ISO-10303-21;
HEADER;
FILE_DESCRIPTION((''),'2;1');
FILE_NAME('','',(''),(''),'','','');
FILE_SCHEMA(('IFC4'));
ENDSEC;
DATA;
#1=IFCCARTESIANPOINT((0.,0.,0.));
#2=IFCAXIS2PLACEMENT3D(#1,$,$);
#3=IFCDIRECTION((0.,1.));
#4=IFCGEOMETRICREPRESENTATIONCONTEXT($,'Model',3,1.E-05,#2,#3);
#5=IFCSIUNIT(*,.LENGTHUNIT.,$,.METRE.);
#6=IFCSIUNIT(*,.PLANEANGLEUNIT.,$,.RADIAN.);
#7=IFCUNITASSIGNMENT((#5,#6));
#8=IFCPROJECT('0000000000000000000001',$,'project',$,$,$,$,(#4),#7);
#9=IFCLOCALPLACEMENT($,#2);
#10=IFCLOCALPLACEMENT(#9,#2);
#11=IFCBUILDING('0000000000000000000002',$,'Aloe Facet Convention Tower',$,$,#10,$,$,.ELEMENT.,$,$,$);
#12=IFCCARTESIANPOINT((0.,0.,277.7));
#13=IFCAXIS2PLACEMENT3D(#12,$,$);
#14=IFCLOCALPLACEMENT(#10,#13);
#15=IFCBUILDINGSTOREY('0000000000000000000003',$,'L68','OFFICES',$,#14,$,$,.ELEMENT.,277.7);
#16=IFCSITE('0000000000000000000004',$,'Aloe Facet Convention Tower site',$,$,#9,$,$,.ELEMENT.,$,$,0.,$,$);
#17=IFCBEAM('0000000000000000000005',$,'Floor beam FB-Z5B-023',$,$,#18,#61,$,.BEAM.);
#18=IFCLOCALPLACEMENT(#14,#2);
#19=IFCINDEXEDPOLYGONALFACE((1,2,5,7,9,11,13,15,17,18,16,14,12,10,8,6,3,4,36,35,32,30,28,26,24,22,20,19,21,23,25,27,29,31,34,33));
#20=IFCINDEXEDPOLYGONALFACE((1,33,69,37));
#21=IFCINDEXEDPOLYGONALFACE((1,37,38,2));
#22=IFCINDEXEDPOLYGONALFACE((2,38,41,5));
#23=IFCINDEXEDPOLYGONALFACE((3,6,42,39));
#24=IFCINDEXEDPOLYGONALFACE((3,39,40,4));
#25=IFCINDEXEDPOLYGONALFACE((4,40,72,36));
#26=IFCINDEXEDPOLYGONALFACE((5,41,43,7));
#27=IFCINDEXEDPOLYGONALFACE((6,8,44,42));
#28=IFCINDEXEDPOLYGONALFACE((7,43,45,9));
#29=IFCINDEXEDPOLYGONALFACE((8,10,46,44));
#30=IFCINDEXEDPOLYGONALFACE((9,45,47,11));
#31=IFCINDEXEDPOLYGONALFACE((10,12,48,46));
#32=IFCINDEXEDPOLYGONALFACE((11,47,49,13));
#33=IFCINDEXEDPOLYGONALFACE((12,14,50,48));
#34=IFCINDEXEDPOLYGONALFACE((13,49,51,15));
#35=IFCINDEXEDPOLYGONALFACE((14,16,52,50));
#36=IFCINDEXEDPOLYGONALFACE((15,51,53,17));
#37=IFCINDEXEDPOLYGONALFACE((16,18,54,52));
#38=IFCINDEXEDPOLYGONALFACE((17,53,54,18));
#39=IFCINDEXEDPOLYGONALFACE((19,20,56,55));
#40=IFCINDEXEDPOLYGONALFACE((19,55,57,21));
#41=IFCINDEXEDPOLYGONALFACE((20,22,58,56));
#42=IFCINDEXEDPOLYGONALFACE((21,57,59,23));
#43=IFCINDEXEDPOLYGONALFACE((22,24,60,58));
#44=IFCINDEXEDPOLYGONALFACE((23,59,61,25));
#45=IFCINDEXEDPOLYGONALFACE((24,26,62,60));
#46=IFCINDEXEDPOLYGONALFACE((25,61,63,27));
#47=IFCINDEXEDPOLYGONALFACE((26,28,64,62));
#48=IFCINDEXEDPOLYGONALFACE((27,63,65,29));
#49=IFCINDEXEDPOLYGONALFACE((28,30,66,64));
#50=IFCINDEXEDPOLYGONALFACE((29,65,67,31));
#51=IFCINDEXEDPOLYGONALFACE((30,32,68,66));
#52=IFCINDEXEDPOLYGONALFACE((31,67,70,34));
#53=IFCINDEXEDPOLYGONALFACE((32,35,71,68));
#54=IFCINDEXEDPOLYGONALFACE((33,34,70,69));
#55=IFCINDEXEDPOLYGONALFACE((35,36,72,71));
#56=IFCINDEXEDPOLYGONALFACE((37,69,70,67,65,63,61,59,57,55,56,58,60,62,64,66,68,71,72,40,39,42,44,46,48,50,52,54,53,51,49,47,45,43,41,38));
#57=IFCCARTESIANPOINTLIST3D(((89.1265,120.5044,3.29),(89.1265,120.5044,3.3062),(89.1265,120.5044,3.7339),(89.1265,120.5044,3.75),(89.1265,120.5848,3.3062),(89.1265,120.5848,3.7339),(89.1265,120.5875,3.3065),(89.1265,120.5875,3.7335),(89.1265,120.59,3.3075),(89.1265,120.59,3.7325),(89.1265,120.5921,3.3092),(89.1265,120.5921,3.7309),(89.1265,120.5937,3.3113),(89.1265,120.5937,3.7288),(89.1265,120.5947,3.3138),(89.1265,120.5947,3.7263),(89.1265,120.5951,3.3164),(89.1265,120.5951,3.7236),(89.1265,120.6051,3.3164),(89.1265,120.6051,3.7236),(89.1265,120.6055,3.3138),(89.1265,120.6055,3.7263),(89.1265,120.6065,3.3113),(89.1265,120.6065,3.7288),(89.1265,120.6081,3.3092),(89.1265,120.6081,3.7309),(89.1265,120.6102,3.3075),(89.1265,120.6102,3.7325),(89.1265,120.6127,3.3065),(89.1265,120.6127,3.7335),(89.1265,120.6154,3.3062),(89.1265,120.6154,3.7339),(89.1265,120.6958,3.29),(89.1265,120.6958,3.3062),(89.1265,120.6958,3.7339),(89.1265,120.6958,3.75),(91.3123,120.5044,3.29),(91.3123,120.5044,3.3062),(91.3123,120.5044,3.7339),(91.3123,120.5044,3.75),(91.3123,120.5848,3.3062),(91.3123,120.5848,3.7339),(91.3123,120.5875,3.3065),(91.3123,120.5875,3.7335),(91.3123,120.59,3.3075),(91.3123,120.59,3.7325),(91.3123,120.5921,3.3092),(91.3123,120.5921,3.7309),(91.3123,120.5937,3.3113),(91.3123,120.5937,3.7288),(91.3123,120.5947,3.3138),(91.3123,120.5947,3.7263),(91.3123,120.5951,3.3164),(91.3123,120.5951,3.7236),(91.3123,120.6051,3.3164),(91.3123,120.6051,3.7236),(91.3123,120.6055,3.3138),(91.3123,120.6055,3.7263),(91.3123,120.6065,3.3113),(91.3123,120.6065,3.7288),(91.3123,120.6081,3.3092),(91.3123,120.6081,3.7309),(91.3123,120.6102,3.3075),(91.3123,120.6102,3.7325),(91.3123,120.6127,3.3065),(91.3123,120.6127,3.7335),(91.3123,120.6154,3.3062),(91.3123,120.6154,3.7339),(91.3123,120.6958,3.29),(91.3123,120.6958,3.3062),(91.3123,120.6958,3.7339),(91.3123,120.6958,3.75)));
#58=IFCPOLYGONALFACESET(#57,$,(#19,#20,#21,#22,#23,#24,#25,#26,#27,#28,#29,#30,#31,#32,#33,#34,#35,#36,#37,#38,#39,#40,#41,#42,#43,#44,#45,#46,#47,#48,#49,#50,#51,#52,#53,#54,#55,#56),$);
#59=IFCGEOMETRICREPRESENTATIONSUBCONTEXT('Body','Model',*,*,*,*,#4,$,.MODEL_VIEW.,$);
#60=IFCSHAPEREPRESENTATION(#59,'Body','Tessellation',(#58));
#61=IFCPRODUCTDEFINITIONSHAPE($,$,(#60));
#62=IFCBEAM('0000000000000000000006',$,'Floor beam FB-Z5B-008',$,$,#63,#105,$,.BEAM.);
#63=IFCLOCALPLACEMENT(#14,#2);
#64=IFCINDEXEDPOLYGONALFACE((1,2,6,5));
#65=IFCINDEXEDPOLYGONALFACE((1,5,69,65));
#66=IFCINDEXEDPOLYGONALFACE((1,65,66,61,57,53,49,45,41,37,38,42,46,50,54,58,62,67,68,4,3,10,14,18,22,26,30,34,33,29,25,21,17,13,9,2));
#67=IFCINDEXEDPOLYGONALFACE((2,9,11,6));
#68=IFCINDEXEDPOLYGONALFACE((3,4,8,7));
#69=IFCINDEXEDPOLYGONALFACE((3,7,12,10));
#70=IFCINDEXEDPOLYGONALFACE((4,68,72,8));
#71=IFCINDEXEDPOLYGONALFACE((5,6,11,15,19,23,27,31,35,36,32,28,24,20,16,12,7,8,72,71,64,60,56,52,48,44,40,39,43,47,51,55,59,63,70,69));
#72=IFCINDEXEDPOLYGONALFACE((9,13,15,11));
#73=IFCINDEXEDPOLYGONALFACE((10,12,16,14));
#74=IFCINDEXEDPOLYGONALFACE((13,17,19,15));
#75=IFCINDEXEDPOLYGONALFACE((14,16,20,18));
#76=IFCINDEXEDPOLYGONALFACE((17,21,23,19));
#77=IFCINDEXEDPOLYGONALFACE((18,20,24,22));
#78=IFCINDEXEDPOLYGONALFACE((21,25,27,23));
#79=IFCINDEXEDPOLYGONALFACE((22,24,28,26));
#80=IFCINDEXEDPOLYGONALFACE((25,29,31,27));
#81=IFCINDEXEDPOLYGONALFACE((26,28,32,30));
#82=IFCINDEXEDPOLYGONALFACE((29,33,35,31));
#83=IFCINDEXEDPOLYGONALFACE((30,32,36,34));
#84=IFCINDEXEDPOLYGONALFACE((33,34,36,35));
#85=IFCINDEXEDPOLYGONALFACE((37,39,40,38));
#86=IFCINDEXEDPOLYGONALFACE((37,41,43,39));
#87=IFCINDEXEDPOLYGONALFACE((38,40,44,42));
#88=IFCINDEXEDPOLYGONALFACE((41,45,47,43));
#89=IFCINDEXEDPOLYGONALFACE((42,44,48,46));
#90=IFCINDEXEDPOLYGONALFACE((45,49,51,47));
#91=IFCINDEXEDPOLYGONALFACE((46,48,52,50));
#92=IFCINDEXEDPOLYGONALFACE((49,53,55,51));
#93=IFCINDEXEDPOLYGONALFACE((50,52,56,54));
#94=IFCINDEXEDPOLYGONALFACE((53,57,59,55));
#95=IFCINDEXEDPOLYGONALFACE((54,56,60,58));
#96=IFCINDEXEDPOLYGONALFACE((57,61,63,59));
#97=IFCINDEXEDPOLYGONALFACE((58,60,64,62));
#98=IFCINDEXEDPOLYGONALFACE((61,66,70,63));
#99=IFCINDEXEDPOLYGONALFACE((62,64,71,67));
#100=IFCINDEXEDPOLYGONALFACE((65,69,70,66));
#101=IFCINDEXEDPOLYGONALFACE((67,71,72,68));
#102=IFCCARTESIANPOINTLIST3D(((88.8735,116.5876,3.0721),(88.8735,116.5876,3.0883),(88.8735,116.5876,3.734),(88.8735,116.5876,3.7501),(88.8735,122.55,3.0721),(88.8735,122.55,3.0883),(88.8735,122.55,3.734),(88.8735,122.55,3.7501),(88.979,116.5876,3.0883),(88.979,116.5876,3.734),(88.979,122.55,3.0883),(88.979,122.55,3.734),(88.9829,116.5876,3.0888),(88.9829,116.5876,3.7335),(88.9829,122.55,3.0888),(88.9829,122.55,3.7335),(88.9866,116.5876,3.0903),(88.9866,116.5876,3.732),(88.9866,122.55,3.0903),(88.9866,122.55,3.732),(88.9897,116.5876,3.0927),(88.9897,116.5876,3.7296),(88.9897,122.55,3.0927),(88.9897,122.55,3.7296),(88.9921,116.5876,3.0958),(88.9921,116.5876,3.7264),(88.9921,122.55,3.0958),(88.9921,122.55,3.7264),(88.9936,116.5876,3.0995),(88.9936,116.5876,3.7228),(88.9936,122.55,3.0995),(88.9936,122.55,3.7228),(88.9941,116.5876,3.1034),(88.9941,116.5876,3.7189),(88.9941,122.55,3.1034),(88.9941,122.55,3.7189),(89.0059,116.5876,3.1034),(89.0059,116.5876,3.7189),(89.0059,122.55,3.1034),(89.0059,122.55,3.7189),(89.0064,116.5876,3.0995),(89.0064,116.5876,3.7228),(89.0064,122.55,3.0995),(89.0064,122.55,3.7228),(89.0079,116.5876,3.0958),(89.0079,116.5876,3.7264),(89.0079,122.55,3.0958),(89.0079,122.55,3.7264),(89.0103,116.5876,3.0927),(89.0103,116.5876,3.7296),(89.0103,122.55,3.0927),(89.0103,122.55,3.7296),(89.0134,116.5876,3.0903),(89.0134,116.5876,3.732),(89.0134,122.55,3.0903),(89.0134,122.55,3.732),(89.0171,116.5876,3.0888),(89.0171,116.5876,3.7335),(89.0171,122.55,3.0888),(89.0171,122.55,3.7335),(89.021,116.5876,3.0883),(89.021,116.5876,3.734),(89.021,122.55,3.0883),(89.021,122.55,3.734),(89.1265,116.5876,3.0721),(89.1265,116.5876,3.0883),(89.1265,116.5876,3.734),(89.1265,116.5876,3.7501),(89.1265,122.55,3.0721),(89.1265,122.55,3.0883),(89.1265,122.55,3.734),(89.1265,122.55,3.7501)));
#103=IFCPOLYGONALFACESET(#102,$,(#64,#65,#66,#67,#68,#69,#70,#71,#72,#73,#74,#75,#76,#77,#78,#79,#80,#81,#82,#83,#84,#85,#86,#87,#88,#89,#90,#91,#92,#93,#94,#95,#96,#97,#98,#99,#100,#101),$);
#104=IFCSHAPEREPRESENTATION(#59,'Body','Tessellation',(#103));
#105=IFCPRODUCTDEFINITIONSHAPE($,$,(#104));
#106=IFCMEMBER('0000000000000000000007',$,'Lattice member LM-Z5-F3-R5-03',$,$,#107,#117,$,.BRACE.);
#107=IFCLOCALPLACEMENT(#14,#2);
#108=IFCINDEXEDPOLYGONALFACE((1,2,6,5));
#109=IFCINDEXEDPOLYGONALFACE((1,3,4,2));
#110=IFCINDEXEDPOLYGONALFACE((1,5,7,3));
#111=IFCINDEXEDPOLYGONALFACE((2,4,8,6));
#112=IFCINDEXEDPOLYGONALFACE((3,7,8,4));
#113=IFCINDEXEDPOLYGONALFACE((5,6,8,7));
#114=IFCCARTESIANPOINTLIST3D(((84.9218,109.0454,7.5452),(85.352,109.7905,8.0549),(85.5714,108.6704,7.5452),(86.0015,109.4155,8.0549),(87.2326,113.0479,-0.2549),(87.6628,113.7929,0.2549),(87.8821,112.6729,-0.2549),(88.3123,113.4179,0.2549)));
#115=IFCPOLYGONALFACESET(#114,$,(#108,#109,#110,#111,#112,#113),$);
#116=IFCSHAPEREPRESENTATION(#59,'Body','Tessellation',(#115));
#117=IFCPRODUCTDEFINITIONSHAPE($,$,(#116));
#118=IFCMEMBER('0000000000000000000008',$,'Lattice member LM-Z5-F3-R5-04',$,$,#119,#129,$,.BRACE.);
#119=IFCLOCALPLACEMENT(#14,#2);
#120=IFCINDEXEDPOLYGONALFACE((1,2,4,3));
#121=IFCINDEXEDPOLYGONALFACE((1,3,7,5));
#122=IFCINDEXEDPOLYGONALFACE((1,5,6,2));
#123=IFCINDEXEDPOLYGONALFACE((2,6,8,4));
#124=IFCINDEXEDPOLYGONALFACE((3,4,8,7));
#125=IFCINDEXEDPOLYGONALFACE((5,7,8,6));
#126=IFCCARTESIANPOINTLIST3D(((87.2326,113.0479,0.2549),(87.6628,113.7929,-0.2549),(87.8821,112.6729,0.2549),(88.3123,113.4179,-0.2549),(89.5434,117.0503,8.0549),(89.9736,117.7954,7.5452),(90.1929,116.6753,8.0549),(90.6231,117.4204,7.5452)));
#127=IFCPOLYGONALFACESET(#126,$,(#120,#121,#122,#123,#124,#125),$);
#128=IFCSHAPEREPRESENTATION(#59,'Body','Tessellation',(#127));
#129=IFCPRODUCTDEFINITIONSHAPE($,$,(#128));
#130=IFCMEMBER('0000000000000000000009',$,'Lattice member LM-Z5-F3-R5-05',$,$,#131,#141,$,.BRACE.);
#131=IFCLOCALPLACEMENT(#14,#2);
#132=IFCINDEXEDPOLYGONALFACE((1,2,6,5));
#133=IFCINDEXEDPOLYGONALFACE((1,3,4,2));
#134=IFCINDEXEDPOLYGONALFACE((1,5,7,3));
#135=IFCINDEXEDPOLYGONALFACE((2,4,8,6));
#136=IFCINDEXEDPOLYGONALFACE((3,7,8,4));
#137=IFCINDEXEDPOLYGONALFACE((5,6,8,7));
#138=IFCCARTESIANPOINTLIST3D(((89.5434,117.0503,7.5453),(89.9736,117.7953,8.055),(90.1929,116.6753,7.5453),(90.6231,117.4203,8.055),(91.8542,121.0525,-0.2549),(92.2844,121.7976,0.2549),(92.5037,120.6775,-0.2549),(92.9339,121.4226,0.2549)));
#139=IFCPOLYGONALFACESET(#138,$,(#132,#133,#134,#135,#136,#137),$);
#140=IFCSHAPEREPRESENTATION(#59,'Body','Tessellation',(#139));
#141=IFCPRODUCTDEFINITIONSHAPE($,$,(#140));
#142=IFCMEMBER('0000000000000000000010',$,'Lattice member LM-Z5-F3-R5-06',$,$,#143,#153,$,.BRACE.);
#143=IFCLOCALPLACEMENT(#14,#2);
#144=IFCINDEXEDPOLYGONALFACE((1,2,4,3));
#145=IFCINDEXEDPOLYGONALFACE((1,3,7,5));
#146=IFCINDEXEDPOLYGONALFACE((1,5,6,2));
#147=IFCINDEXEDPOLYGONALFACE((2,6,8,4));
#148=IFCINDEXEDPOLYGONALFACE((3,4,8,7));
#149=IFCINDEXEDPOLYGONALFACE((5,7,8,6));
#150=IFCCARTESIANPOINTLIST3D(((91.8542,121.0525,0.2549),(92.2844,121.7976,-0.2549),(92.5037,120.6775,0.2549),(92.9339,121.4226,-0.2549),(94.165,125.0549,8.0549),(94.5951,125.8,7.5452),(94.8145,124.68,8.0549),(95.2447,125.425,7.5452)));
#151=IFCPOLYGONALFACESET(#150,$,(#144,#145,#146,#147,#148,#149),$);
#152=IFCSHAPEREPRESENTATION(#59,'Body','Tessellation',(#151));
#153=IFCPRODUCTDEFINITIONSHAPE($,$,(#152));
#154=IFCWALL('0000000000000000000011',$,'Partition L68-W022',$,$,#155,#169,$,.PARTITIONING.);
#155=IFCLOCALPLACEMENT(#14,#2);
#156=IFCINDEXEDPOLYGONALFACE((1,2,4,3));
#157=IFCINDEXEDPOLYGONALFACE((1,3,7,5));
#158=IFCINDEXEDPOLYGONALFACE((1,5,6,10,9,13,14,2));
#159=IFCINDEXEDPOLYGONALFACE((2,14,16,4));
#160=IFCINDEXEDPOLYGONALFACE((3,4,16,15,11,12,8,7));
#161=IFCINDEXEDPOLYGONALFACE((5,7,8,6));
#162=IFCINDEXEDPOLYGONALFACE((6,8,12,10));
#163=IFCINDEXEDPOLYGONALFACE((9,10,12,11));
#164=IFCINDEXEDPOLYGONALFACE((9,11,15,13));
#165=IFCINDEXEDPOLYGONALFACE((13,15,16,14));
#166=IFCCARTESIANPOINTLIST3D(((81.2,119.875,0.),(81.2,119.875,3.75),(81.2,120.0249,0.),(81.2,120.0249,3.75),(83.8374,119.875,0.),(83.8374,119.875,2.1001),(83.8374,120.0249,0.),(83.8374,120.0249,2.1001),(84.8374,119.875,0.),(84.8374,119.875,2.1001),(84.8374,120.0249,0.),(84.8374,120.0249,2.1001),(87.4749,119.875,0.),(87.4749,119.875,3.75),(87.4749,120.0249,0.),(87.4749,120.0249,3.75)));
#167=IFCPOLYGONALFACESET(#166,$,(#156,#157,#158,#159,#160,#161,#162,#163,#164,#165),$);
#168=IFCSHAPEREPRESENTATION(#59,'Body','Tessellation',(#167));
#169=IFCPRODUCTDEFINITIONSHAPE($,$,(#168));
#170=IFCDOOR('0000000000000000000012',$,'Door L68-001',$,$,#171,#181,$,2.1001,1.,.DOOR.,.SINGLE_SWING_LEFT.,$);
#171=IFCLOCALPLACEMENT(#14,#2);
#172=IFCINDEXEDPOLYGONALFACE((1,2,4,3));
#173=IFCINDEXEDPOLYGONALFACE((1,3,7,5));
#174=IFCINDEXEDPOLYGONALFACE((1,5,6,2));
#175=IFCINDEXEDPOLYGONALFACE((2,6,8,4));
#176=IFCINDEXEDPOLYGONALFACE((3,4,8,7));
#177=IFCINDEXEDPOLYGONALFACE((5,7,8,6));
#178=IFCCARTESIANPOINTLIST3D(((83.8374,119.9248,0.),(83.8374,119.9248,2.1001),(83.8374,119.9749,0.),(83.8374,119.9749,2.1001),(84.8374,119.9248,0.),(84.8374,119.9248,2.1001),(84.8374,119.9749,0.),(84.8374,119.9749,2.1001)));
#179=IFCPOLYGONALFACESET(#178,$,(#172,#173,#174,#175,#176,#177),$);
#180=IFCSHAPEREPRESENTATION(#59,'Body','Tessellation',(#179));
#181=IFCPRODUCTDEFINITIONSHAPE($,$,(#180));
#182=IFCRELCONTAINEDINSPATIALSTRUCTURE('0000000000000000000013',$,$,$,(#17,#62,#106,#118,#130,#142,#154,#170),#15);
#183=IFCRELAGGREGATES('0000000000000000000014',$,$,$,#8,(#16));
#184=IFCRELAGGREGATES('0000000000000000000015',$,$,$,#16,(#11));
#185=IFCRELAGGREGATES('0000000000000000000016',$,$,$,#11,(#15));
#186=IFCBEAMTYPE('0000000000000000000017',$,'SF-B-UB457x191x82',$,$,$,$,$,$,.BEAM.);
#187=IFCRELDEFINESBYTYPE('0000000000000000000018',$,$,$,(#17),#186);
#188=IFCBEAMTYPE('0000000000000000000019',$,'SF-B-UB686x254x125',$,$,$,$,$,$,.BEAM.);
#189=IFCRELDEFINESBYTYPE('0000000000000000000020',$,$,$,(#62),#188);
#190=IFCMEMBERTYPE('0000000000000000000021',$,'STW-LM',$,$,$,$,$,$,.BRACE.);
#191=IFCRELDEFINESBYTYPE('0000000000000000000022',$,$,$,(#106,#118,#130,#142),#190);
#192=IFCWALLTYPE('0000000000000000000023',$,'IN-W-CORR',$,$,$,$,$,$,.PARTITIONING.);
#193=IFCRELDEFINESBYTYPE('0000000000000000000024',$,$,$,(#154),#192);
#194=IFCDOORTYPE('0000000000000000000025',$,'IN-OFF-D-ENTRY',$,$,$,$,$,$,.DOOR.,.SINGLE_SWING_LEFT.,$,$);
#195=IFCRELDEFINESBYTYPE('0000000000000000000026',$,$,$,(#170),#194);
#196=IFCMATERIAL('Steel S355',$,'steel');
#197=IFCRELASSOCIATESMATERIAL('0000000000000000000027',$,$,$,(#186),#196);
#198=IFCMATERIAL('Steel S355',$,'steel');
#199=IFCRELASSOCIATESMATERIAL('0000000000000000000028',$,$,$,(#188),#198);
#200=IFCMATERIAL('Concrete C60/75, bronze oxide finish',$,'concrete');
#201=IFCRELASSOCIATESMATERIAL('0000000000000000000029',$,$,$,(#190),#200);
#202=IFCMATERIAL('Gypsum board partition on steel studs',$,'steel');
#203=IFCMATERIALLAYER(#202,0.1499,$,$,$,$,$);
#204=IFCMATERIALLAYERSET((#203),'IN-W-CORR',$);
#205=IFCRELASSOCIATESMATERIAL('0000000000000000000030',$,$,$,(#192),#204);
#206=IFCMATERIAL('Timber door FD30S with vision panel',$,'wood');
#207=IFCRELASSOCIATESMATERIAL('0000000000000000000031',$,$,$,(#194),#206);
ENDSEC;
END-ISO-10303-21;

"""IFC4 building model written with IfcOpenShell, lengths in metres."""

from ifc_helpers import new_model, si_unit, direction, frame, frame_2d, origin, origin_2d, place, context, subcontext, project, spatial, rectangle, i_section, extrude, material, layer, layer_set, material_profile, profile_set, type_object, element, fill, save


model = new_model("IFC4")

# Units and contexts
model_context = context("Model", 3, precision=1e-05, world=origin(), true_north=direction((0.0, 1.0)))
body_context = subcontext(model_context, "Body", "Model", "MODEL_VIEW")
ifc_project = project(units=[si_unit("LENGTHUNIT", "METRE"), si_unit("PLANEANGLEUNIT", "RADIAN")], contexts=[model_context])

# Site, building, storey
site_placement = place(None, origin())
site = spatial("IfcSite", under=ifc_project, at=site_placement, Name="Aloe Facet Convention Tower site", CompositionType="ELEMENT", RefElevation=0.0)
building_placement = place(site_placement, origin())
building = spatial("IfcBuilding", under=site, at=building_placement, Name="Aloe Facet Convention Tower", CompositionType="ELEMENT")
storey_placement = place(building_placement, frame((0.0, 0.0, 277.7)))
storey = spatial("IfcBuildingStorey", under=building, at=storey_placement, Name="L68", Description="OFFICES", CompositionType="ELEMENT", Elevation=277.7)

# Beams
ifc_material_1 = material(Name="Steel S355", Category="steel")
ifc_material_profile_1 = material_profile(ifc_material_1, i_section(OverallWidth=0.1914, OverallDepth=0.46, WebThickness=0.01, FlangeThickness=0.0161, FilletRadius=0.0103, at=origin_2d()), Name="UB 457x191x82")
ifc_profile_set_1 = profile_set([ifc_material_profile_1], Name="Steel S355")
beam_type_1 = type_object("IfcBeamType", Name="SF-B-UB457x191x82", PredefinedType="BEAM", material=ifc_profile_set_1)
beam_1_placement = place(storey_placement, frame((89.1265, 120.6001, 3.52), z_axis=(1.0, 0.0, 0.0), x_axis=(0.0, 1.0, 0.0)))
element("IfcBeam", 1, at=beam_1_placement, inside=storey, type_object=beam_type_1, Name="Floor beam FB-Z5B-023", PredefinedType="BEAM", context=body_context, shape_type="SweptSolid", body=[
    extrude(i_section(OverallWidth=0.1914, OverallDepth=0.46, WebThickness=0.01, FlangeThickness=0.0161, FilletRadius=0.0103, at=origin_2d()), origin(), (0.0, 0.0, 1.0), 2.1858),
])
ifc_material_2 = material(Name="Steel S355", Category="steel")
ifc_material_profile_2 = material_profile(ifc_material_2, i_section(OverallWidth=0.2529, OverallDepth=0.678, WebThickness=0.0117, FlangeThickness=0.0161, FilletRadius=0.0151, at=origin_2d()), Name="UB 686x254x125")
ifc_profile_set_2 = profile_set([ifc_material_profile_2], Name="Steel S355")
beam_type_2 = type_object("IfcBeamType", Name="SF-B-UB686x254x125", PredefinedType="BEAM", material=ifc_profile_set_2)
beam_2_placement = place(storey_placement, frame((89.0, 122.55, 3.4111), z_axis=(0.0, -1.0, 0.0), x_axis=(1.0, 0.0, 0.0)))
element("IfcBeam", 2, at=beam_2_placement, inside=storey, type_object=beam_type_2, Name="Floor beam FB-Z5B-008", PredefinedType="BEAM", context=body_context, shape_type="SweptSolid", body=[
    extrude(i_section(OverallWidth=0.2529, OverallDepth=0.678, WebThickness=0.0117, FlangeThickness=0.0161, FilletRadius=0.0151, at=origin_2d()), origin(), (0.0, 0.0, 1.0), 5.9624),
])

# Members
ifc_material_3 = material(Name="Concrete C60/75, bronze oxide finish", Category="concrete")
ifc_material_profile_3 = material_profile(ifc_material_3, rectangle(XDim=0.75, YDim=1.0, at=origin_2d()), Name="STW-LM")
ifc_profile_set_3 = profile_set([ifc_material_profile_3], Name="Concrete C60/75, bronze oxide finish")
member_type = type_object("IfcMemberType", Name="STW-LM", PredefinedType="BRACE", material=ifc_profile_set_3)
for number, where, z_axis, x_axis, name in (
    (3, (87.7725, 113.2329, 0.0), (-0.254873, -0.441458, 0.860322), (0.866027, -0.499997, 0.0), "Lattice member LM-Z5-F3-R5-03"),
    (4, (87.7725, 113.2329, 0.0), (0.254873, 0.441458, 0.860322), (-0.866027, 0.499997, 0.0), "Lattice member LM-Z5-F3-R5-04"),
    (5, (92.394, 121.2375, 0.0), (-0.254876, -0.441436, 0.860333), (0.866014, -0.50002, 0.0), "Lattice member LM-Z5-F3-R5-05"),
    (6, (92.394, 121.2375, 0.0), (0.254873, 0.441458, 0.860322), (-0.866027, 0.499997, 0.0), "Lattice member LM-Z5-F3-R5-06"),
):
    element("IfcMember", number, at=place(storey_placement, frame(where, z_axis=z_axis, x_axis=x_axis)), inside=storey, type_object=member_type, Name=name, PredefinedType="BRACE", context=body_context, shape_type="SweptSolid", body=[
        extrude(rectangle(XDim=0.75, YDim=1.0, at=origin_2d()), origin(), (0.0, 0.0, 1.0), 9.0664),
    ])

# Wall, opening, door
ifc_material_4 = material(Name="Gypsum board partition on steel studs", Category="steel")
ifc_layer_1 = layer(ifc_material_4, 0.1499)
ifc_layer_set_1 = layer_set([ifc_layer_1], Name="IN-W-CORR")
wall_type_1 = type_object("IfcWallType", Name="IN-W-CORR", PredefinedType="PARTITIONING", material=ifc_layer_set_1)
wall_1_placement = place(storey_placement, frame((81.2, 119.95, 0.0), z_axis=(0.0, 0.0, 1.0), x_axis=(1.0, 0.0, 0.0)))
wall_1 = element("IfcWall", 7, at=wall_1_placement, inside=storey, type_object=wall_type_1, Name="Partition L68-W022", PredefinedType="PARTITIONING", context=body_context, shape_type="SweptSolid", body=[
    extrude(rectangle(XDim=6.2749, YDim=0.1499, at=frame_2d((3.1375, 0.0))), origin(), (0.0, 0.0, 1.0), 3.75),
])
opening_1_placement = place(wall_1_placement, frame((2.6375, 0.0, 0.0)))
opening_1 = element("IfcOpeningElement", 8, at=opening_1_placement, cuts=wall_1, PredefinedType="OPENING", context=body_context, shape_type="SweptSolid", body=[
    extrude(rectangle(XDim=1.0, YDim=2.1001, at=frame_2d((0.5, 1.05))), frame((0.0, 0.085, 0.0), z_axis=(0.0, -1.0, 0.0), x_axis=(1.0, 0.0, 0.0)), (0.0, 0.0, 1.0), 0.1699),
])
ifc_material_5 = material(Name="Timber door FD30S with vision panel", Category="wood")
door_type_1 = type_object("IfcDoorType", Name="IN-OFF-D-ENTRY", OperationType="SINGLE_SWING_LEFT", PredefinedType="DOOR", material=ifc_material_5)
door_1_placement = place(opening_1_placement, origin())
door_1 = element("IfcDoor", 9, at=door_1_placement, inside=storey, type_object=door_type_1, Name="Door L68-001", OperationType="SINGLE_SWING_LEFT", OverallHeight=2.1001, OverallWidth=1.0, PredefinedType="DOOR", context=body_context, shape_type="SweptSolid", body=[
    extrude(rectangle(XDim=1.0, YDim=2.1001, at=frame_2d((0.5, 1.05))), frame((0.0, 0.0249, 0.0), z_axis=(0.0, -1.0, 0.0), x_axis=(1.0, 0.0, 0.0)), (0.0, 0.0, 1.0), 0.05),
])
fill(opening_1, door_1)

save(model, "model.ifc")
